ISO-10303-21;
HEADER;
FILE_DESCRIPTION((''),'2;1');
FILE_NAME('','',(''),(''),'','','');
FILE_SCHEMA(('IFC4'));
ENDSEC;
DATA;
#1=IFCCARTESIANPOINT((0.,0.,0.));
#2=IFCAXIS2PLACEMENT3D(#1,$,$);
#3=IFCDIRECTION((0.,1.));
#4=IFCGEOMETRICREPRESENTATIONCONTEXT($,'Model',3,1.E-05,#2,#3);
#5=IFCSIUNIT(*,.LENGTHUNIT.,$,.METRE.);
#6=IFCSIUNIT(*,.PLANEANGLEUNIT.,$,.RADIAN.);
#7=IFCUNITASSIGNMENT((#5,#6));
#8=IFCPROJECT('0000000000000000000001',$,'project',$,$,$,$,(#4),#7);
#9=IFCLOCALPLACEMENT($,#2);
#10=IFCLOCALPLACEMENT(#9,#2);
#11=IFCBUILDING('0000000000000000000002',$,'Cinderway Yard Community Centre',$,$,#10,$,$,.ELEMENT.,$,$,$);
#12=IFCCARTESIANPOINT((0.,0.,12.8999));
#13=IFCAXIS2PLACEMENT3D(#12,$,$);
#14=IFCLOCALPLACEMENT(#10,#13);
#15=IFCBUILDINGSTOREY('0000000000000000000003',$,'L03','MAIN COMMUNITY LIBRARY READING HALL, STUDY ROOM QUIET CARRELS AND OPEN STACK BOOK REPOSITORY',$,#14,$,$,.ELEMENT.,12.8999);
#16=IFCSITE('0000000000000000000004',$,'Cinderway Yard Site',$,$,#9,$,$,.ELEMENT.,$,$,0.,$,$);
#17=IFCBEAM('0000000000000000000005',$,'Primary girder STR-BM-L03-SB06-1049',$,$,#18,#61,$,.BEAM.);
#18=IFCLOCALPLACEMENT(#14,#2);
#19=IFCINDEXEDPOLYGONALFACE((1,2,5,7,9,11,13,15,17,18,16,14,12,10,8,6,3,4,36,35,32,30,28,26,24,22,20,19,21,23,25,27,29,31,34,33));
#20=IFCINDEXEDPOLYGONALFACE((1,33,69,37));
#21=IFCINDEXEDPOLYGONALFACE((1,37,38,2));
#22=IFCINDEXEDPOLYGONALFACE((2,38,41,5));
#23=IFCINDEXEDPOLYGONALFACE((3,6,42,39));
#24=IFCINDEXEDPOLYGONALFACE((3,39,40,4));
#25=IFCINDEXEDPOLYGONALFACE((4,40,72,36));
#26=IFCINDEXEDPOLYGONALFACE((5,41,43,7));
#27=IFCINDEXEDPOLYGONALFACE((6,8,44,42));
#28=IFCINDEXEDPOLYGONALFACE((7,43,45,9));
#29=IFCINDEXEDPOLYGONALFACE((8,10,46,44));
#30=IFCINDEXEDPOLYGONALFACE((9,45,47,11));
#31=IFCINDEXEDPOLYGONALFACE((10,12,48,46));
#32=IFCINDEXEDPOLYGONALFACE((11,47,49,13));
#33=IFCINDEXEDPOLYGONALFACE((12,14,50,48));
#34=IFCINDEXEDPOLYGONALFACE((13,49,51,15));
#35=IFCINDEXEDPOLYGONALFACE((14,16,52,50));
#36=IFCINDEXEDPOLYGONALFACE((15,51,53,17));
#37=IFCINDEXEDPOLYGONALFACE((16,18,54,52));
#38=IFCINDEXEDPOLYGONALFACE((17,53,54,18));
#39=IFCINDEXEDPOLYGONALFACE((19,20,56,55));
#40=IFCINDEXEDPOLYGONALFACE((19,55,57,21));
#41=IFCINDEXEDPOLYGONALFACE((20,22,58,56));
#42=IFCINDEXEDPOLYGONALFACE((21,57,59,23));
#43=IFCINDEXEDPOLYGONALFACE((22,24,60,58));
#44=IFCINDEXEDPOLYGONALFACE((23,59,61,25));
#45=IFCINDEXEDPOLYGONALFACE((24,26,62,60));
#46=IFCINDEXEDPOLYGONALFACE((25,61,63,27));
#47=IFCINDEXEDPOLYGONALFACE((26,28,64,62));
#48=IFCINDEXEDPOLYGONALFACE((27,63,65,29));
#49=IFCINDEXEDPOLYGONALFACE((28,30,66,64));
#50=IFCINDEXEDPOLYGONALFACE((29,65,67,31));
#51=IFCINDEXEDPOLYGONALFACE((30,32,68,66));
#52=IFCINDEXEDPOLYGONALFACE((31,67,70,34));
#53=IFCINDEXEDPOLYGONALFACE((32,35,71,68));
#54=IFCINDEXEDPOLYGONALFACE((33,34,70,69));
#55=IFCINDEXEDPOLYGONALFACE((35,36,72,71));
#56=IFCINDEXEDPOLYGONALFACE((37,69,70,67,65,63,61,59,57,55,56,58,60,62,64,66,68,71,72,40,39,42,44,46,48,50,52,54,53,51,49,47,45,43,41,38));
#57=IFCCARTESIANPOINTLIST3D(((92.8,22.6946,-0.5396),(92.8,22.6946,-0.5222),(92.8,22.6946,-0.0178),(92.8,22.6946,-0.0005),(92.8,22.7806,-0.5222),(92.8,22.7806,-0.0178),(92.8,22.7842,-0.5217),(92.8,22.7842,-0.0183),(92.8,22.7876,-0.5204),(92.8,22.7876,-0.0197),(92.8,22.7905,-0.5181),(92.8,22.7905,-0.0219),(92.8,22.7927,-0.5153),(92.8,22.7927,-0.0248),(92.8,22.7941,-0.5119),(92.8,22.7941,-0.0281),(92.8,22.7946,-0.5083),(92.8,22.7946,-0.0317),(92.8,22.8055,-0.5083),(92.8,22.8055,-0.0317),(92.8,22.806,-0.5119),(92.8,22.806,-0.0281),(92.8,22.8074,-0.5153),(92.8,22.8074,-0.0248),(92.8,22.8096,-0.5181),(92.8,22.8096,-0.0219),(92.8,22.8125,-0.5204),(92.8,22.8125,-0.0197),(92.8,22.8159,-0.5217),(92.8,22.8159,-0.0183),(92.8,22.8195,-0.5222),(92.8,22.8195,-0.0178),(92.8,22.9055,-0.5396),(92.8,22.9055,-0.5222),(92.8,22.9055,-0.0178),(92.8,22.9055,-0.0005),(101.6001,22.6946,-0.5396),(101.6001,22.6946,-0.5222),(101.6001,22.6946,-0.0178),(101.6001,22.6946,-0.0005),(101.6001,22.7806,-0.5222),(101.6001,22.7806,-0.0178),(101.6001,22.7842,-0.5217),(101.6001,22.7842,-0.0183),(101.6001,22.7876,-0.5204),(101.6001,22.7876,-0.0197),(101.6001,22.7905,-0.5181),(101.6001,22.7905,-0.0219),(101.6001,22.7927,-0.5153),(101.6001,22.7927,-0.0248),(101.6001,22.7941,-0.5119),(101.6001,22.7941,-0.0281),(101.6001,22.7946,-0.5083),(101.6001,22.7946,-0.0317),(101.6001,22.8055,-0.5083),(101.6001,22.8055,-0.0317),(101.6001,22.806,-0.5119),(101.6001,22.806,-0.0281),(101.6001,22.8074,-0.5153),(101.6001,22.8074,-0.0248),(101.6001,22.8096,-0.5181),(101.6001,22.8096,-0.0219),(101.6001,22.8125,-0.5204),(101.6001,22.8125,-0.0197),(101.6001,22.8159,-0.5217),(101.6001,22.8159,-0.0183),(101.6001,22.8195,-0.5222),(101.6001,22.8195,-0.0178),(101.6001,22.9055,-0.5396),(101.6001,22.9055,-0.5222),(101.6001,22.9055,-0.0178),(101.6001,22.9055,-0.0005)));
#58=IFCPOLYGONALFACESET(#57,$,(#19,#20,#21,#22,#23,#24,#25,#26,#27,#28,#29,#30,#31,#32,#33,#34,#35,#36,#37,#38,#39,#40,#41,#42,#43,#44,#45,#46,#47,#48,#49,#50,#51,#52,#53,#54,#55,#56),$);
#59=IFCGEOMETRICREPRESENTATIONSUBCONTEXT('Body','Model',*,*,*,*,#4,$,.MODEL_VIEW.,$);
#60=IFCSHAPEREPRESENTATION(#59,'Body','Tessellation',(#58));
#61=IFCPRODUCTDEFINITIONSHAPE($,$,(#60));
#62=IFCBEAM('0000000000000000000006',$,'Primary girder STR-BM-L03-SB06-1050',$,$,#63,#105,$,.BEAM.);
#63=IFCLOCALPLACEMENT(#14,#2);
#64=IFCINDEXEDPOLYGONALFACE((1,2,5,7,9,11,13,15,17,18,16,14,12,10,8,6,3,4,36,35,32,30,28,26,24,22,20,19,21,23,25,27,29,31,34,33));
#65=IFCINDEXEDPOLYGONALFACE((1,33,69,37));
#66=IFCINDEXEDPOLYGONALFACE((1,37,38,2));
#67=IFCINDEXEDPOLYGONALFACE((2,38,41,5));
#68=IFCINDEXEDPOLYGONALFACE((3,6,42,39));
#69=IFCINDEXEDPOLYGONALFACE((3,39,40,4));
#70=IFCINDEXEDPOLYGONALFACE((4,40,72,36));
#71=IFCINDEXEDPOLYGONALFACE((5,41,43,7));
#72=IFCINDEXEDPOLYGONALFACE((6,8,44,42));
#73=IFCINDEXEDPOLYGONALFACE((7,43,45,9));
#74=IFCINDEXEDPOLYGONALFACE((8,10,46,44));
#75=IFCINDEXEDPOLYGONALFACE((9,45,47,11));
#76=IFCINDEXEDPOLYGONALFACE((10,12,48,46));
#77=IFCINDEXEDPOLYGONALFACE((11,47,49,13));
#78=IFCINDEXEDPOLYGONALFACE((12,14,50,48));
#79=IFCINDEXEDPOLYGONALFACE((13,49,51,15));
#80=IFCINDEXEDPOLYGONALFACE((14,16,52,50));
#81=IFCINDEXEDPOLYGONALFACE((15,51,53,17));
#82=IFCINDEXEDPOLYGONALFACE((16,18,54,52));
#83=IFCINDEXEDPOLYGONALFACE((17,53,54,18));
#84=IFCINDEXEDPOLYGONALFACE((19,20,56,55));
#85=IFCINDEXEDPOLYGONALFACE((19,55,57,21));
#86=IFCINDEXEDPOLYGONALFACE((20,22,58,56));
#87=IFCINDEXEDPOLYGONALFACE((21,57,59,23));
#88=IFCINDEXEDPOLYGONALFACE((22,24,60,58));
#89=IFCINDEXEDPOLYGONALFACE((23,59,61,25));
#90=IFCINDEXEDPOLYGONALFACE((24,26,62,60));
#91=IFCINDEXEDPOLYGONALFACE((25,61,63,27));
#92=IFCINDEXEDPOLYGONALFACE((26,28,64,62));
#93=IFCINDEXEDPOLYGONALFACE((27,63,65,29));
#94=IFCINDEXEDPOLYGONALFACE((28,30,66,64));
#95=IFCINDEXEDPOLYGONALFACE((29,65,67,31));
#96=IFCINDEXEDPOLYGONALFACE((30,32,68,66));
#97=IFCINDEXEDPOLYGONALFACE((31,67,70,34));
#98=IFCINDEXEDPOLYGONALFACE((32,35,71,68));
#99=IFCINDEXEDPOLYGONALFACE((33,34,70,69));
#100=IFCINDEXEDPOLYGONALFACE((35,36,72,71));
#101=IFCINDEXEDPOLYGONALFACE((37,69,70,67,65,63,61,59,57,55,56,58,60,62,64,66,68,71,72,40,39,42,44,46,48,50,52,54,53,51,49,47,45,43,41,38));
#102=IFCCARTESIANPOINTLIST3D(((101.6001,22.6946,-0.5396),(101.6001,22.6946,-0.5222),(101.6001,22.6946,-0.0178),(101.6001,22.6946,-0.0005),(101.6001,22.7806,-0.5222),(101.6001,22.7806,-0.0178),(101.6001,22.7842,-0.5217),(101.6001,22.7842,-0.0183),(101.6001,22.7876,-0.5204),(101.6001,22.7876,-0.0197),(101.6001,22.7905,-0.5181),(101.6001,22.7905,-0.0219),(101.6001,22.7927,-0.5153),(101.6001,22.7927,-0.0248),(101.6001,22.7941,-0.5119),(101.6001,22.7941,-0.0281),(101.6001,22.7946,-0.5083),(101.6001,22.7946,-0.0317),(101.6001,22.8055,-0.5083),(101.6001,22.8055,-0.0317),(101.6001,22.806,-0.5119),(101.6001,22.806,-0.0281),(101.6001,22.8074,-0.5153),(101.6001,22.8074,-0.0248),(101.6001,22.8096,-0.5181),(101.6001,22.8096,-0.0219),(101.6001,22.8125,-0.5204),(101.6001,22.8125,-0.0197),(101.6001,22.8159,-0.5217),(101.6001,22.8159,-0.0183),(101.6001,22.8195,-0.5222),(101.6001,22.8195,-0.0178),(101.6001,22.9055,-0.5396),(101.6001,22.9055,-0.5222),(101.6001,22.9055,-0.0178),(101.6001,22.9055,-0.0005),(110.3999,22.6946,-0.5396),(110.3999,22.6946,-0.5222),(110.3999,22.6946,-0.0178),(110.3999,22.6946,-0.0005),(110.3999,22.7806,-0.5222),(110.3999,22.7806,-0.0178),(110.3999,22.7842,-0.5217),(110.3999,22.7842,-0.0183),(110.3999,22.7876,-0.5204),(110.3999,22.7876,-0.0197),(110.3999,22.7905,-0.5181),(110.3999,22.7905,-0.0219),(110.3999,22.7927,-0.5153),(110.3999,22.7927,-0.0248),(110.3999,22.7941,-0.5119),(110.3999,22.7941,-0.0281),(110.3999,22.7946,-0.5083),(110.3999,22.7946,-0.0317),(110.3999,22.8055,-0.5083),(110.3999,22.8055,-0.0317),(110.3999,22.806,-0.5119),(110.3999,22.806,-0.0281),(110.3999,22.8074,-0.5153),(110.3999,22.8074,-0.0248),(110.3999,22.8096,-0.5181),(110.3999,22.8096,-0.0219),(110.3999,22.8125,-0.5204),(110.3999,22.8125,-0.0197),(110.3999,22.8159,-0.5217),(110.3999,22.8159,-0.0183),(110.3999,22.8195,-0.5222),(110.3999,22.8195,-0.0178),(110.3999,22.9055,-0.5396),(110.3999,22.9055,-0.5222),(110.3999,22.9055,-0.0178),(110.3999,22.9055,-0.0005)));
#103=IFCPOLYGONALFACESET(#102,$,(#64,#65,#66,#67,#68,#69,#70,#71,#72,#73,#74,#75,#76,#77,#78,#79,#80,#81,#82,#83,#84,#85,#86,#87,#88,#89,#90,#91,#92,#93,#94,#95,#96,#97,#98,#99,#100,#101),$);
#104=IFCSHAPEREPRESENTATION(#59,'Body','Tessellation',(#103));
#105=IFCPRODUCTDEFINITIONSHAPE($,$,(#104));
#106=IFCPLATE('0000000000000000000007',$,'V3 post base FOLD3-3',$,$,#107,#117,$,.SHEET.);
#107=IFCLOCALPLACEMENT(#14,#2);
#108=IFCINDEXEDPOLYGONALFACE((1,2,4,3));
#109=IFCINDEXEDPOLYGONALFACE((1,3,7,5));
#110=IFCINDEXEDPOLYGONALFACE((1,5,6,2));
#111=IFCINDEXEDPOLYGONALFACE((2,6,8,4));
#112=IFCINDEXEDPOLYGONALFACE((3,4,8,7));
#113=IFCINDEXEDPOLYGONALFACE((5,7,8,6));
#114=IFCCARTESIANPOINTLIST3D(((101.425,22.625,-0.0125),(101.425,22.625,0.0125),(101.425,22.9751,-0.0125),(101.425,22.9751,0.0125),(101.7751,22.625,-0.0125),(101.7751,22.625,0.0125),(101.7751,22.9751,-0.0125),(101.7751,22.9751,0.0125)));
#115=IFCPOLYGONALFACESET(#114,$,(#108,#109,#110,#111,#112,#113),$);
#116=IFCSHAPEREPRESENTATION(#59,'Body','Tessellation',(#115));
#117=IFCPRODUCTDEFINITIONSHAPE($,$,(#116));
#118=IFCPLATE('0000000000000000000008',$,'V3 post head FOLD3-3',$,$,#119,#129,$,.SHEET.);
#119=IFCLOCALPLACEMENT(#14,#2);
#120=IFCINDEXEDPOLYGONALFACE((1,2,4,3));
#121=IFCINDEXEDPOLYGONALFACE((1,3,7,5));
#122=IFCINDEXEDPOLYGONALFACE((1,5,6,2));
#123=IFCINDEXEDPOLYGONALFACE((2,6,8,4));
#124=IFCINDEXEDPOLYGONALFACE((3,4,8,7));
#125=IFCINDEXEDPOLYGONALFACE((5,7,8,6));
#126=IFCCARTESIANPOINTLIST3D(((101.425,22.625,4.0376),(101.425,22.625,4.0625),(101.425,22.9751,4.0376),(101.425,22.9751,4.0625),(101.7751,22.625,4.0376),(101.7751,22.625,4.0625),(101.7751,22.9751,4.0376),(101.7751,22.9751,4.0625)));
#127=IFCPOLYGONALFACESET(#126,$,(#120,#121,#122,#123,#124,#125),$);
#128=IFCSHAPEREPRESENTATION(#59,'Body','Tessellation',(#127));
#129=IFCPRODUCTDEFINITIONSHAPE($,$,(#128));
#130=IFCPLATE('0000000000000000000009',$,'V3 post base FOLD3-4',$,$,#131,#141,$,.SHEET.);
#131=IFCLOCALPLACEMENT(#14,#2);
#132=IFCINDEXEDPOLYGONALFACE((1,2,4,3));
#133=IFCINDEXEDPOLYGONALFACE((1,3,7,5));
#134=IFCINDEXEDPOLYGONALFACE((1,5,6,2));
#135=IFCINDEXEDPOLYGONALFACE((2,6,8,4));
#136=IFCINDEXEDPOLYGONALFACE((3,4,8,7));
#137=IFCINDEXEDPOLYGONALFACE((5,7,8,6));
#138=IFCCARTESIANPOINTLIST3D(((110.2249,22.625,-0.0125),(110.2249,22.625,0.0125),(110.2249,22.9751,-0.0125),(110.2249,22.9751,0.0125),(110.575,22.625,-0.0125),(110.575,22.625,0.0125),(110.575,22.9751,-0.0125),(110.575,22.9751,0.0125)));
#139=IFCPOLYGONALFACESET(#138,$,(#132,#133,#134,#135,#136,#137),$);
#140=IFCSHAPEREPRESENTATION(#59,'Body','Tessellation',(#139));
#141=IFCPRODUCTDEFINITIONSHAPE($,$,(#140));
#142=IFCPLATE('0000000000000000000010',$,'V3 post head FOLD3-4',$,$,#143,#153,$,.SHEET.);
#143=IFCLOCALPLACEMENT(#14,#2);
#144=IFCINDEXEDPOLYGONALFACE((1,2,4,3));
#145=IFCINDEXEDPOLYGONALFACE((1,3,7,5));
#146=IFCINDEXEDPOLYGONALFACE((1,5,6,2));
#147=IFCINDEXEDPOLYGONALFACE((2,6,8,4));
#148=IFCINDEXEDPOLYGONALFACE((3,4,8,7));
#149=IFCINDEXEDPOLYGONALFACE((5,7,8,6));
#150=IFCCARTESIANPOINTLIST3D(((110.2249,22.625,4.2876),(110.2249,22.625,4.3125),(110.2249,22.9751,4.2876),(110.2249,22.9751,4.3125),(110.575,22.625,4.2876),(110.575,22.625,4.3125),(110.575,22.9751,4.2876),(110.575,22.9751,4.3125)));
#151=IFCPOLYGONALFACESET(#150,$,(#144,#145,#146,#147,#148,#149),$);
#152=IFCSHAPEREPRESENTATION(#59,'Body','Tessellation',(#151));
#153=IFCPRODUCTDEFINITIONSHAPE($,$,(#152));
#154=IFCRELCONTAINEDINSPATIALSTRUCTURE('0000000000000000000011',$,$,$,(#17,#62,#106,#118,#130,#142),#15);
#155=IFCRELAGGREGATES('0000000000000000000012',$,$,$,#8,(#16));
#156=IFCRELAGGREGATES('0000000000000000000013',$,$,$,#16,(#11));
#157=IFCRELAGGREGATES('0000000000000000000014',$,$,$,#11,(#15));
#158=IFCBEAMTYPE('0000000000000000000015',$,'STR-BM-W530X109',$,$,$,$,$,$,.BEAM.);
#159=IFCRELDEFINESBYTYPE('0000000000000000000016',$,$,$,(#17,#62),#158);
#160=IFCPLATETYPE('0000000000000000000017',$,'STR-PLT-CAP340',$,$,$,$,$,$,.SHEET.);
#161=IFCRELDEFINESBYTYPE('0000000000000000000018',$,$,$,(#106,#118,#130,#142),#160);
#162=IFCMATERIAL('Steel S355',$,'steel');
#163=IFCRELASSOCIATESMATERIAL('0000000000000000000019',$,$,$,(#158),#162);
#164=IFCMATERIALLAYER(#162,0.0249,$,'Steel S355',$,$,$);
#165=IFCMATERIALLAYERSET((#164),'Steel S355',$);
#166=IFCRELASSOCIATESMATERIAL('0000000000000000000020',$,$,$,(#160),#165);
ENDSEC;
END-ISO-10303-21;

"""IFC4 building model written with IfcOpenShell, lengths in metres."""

from ifc_helpers import new_model, si_unit, direction, frame, origin, origin_2d, place, context, subcontext, project, spatial, rectangle, i_section, extrude, material, layer, layer_set, material_profile, profile_set, type_object, element, save


model = new_model("IFC4")

# Units and contexts
model_context = context("Model", 3, precision=1e-05, world=origin(), true_north=direction((0.0, 1.0)))
body_context = subcontext(model_context, "Body", "Model", "MODEL_VIEW")
ifc_project = project(units=[si_unit("LENGTHUNIT", "METRE"), si_unit("PLANEANGLEUNIT", "RADIAN")], contexts=[model_context])

# Site, building, storey
site_placement = place(None, origin())
site = spatial("IfcSite", under=ifc_project, at=site_placement, Name="Cinderway Yard Site", CompositionType="ELEMENT", RefElevation=0.0)
building_placement = place(site_placement, origin())
building = spatial("IfcBuilding", under=site, at=building_placement, Name="Cinderway Yard Community Centre", CompositionType="ELEMENT")
storey_placement = place(building_placement, frame((0.0, 0.0, 12.8999)))
storey = spatial("IfcBuildingStorey", under=building, at=storey_placement, Name="L03", Description="MAIN COMMUNITY LIBRARY READING HALL, STUDY ROOM QUIET CARRELS AND OPEN STACK BOOK REPOSITORY", CompositionType="ELEMENT", Elevation=12.8999)

# Shared definitions
ifc_material = material(Name="Steel S355", Category="steel")

# Beams
ifc_material_profile_1 = material_profile(ifc_material, i_section(OverallWidth=0.2109, OverallDepth=0.5391, WebThickness=0.011, FlangeThickness=0.0173, FilletRadius=0.0139, at=origin_2d()), Name="Steel S355")
ifc_profile_set_1 = profile_set([ifc_material_profile_1], Name="Steel S355")
beam_type_1 = type_object("IfcBeamType", Name="STR-BM-W530X109", PredefinedType="BEAM", material=ifc_profile_set_1)
beam_1_placement = place(storey_placement, frame((92.8, 22.8, -0.27), z_axis=(1.0, 0.0, 0.0), x_axis=(0.0, 1.0, 0.0)))
element("IfcBeam", 1, at=beam_1_placement, inside=storey, type_object=beam_type_1, Name="Primary girder STR-BM-L03-SB06-1049", PredefinedType="BEAM", context=body_context, shape_type="SweptSolid", body=[
    extrude(i_section(OverallWidth=0.2109, OverallDepth=0.5391, WebThickness=0.011, FlangeThickness=0.0173, FilletRadius=0.0139, at=origin_2d()), origin(), (0.0, 0.0, 1.0), 8.8),
])
beam_2_placement = place(storey_placement, frame((101.6001, 22.8, -0.27), z_axis=(1.0, 0.0, 0.0), x_axis=(0.0, 1.0, 0.0)))
element("IfcBeam", 2, at=beam_2_placement, inside=storey, type_object=beam_type_1, Name="Primary girder STR-BM-L03-SB06-1050", PredefinedType="BEAM", context=body_context, shape_type="SweptSolid", body=[
    extrude(i_section(OverallWidth=0.2109, OverallDepth=0.5391, WebThickness=0.011, FlangeThickness=0.0173, FilletRadius=0.0139, at=origin_2d()), origin(), (0.0, 0.0, 1.0), 8.7998),
])

# Plates
ifc_layer = layer(ifc_material, 0.0249, Name="Steel S355")
ifc_layer_set = layer_set([ifc_layer], Name="Steel S355")
plate_type = type_object("IfcPlateType", Name="STR-PLT-CAP340", PredefinedType="SHEET", material=ifc_layer_set)
for number, where, z_axis, x_axis, name in (
    (3, (101.6001, 22.8, -0.0125), (0.0, 0.0, 1.0), (1.0, 0.0, 0.0), "V3 post base FOLD3-3"),
    (4, (101.6001, 22.8, 4.0376), (0.0, 0.0, 1.0), (1.0, 0.0, 0.0), "V3 post head FOLD3-3"),
    (5, (110.3999, 22.8, -0.0125), (0.0, 0.0, 1.0), (1.0, 0.0, 0.0), "V3 post base FOLD3-4"),
    (6, (110.3999, 22.8, 4.2876), (0.0, 0.0, 1.0), (1.0, 0.0, 0.0), "V3 post head FOLD3-4"),
):
    element("IfcPlate", number, at=place(storey_placement, frame(where, z_axis=z_axis, x_axis=x_axis)), inside=storey, type_object=plate_type, Name=name, PredefinedType="SHEET", context=body_context, shape_type="SweptSolid", body=[
        extrude(rectangle(XDim=0.3501, YDim=0.3501, at=origin_2d()), origin(), (0.0, 0.0, 1.0), 0.0249),
    ])

save(model, "model.ifc")
